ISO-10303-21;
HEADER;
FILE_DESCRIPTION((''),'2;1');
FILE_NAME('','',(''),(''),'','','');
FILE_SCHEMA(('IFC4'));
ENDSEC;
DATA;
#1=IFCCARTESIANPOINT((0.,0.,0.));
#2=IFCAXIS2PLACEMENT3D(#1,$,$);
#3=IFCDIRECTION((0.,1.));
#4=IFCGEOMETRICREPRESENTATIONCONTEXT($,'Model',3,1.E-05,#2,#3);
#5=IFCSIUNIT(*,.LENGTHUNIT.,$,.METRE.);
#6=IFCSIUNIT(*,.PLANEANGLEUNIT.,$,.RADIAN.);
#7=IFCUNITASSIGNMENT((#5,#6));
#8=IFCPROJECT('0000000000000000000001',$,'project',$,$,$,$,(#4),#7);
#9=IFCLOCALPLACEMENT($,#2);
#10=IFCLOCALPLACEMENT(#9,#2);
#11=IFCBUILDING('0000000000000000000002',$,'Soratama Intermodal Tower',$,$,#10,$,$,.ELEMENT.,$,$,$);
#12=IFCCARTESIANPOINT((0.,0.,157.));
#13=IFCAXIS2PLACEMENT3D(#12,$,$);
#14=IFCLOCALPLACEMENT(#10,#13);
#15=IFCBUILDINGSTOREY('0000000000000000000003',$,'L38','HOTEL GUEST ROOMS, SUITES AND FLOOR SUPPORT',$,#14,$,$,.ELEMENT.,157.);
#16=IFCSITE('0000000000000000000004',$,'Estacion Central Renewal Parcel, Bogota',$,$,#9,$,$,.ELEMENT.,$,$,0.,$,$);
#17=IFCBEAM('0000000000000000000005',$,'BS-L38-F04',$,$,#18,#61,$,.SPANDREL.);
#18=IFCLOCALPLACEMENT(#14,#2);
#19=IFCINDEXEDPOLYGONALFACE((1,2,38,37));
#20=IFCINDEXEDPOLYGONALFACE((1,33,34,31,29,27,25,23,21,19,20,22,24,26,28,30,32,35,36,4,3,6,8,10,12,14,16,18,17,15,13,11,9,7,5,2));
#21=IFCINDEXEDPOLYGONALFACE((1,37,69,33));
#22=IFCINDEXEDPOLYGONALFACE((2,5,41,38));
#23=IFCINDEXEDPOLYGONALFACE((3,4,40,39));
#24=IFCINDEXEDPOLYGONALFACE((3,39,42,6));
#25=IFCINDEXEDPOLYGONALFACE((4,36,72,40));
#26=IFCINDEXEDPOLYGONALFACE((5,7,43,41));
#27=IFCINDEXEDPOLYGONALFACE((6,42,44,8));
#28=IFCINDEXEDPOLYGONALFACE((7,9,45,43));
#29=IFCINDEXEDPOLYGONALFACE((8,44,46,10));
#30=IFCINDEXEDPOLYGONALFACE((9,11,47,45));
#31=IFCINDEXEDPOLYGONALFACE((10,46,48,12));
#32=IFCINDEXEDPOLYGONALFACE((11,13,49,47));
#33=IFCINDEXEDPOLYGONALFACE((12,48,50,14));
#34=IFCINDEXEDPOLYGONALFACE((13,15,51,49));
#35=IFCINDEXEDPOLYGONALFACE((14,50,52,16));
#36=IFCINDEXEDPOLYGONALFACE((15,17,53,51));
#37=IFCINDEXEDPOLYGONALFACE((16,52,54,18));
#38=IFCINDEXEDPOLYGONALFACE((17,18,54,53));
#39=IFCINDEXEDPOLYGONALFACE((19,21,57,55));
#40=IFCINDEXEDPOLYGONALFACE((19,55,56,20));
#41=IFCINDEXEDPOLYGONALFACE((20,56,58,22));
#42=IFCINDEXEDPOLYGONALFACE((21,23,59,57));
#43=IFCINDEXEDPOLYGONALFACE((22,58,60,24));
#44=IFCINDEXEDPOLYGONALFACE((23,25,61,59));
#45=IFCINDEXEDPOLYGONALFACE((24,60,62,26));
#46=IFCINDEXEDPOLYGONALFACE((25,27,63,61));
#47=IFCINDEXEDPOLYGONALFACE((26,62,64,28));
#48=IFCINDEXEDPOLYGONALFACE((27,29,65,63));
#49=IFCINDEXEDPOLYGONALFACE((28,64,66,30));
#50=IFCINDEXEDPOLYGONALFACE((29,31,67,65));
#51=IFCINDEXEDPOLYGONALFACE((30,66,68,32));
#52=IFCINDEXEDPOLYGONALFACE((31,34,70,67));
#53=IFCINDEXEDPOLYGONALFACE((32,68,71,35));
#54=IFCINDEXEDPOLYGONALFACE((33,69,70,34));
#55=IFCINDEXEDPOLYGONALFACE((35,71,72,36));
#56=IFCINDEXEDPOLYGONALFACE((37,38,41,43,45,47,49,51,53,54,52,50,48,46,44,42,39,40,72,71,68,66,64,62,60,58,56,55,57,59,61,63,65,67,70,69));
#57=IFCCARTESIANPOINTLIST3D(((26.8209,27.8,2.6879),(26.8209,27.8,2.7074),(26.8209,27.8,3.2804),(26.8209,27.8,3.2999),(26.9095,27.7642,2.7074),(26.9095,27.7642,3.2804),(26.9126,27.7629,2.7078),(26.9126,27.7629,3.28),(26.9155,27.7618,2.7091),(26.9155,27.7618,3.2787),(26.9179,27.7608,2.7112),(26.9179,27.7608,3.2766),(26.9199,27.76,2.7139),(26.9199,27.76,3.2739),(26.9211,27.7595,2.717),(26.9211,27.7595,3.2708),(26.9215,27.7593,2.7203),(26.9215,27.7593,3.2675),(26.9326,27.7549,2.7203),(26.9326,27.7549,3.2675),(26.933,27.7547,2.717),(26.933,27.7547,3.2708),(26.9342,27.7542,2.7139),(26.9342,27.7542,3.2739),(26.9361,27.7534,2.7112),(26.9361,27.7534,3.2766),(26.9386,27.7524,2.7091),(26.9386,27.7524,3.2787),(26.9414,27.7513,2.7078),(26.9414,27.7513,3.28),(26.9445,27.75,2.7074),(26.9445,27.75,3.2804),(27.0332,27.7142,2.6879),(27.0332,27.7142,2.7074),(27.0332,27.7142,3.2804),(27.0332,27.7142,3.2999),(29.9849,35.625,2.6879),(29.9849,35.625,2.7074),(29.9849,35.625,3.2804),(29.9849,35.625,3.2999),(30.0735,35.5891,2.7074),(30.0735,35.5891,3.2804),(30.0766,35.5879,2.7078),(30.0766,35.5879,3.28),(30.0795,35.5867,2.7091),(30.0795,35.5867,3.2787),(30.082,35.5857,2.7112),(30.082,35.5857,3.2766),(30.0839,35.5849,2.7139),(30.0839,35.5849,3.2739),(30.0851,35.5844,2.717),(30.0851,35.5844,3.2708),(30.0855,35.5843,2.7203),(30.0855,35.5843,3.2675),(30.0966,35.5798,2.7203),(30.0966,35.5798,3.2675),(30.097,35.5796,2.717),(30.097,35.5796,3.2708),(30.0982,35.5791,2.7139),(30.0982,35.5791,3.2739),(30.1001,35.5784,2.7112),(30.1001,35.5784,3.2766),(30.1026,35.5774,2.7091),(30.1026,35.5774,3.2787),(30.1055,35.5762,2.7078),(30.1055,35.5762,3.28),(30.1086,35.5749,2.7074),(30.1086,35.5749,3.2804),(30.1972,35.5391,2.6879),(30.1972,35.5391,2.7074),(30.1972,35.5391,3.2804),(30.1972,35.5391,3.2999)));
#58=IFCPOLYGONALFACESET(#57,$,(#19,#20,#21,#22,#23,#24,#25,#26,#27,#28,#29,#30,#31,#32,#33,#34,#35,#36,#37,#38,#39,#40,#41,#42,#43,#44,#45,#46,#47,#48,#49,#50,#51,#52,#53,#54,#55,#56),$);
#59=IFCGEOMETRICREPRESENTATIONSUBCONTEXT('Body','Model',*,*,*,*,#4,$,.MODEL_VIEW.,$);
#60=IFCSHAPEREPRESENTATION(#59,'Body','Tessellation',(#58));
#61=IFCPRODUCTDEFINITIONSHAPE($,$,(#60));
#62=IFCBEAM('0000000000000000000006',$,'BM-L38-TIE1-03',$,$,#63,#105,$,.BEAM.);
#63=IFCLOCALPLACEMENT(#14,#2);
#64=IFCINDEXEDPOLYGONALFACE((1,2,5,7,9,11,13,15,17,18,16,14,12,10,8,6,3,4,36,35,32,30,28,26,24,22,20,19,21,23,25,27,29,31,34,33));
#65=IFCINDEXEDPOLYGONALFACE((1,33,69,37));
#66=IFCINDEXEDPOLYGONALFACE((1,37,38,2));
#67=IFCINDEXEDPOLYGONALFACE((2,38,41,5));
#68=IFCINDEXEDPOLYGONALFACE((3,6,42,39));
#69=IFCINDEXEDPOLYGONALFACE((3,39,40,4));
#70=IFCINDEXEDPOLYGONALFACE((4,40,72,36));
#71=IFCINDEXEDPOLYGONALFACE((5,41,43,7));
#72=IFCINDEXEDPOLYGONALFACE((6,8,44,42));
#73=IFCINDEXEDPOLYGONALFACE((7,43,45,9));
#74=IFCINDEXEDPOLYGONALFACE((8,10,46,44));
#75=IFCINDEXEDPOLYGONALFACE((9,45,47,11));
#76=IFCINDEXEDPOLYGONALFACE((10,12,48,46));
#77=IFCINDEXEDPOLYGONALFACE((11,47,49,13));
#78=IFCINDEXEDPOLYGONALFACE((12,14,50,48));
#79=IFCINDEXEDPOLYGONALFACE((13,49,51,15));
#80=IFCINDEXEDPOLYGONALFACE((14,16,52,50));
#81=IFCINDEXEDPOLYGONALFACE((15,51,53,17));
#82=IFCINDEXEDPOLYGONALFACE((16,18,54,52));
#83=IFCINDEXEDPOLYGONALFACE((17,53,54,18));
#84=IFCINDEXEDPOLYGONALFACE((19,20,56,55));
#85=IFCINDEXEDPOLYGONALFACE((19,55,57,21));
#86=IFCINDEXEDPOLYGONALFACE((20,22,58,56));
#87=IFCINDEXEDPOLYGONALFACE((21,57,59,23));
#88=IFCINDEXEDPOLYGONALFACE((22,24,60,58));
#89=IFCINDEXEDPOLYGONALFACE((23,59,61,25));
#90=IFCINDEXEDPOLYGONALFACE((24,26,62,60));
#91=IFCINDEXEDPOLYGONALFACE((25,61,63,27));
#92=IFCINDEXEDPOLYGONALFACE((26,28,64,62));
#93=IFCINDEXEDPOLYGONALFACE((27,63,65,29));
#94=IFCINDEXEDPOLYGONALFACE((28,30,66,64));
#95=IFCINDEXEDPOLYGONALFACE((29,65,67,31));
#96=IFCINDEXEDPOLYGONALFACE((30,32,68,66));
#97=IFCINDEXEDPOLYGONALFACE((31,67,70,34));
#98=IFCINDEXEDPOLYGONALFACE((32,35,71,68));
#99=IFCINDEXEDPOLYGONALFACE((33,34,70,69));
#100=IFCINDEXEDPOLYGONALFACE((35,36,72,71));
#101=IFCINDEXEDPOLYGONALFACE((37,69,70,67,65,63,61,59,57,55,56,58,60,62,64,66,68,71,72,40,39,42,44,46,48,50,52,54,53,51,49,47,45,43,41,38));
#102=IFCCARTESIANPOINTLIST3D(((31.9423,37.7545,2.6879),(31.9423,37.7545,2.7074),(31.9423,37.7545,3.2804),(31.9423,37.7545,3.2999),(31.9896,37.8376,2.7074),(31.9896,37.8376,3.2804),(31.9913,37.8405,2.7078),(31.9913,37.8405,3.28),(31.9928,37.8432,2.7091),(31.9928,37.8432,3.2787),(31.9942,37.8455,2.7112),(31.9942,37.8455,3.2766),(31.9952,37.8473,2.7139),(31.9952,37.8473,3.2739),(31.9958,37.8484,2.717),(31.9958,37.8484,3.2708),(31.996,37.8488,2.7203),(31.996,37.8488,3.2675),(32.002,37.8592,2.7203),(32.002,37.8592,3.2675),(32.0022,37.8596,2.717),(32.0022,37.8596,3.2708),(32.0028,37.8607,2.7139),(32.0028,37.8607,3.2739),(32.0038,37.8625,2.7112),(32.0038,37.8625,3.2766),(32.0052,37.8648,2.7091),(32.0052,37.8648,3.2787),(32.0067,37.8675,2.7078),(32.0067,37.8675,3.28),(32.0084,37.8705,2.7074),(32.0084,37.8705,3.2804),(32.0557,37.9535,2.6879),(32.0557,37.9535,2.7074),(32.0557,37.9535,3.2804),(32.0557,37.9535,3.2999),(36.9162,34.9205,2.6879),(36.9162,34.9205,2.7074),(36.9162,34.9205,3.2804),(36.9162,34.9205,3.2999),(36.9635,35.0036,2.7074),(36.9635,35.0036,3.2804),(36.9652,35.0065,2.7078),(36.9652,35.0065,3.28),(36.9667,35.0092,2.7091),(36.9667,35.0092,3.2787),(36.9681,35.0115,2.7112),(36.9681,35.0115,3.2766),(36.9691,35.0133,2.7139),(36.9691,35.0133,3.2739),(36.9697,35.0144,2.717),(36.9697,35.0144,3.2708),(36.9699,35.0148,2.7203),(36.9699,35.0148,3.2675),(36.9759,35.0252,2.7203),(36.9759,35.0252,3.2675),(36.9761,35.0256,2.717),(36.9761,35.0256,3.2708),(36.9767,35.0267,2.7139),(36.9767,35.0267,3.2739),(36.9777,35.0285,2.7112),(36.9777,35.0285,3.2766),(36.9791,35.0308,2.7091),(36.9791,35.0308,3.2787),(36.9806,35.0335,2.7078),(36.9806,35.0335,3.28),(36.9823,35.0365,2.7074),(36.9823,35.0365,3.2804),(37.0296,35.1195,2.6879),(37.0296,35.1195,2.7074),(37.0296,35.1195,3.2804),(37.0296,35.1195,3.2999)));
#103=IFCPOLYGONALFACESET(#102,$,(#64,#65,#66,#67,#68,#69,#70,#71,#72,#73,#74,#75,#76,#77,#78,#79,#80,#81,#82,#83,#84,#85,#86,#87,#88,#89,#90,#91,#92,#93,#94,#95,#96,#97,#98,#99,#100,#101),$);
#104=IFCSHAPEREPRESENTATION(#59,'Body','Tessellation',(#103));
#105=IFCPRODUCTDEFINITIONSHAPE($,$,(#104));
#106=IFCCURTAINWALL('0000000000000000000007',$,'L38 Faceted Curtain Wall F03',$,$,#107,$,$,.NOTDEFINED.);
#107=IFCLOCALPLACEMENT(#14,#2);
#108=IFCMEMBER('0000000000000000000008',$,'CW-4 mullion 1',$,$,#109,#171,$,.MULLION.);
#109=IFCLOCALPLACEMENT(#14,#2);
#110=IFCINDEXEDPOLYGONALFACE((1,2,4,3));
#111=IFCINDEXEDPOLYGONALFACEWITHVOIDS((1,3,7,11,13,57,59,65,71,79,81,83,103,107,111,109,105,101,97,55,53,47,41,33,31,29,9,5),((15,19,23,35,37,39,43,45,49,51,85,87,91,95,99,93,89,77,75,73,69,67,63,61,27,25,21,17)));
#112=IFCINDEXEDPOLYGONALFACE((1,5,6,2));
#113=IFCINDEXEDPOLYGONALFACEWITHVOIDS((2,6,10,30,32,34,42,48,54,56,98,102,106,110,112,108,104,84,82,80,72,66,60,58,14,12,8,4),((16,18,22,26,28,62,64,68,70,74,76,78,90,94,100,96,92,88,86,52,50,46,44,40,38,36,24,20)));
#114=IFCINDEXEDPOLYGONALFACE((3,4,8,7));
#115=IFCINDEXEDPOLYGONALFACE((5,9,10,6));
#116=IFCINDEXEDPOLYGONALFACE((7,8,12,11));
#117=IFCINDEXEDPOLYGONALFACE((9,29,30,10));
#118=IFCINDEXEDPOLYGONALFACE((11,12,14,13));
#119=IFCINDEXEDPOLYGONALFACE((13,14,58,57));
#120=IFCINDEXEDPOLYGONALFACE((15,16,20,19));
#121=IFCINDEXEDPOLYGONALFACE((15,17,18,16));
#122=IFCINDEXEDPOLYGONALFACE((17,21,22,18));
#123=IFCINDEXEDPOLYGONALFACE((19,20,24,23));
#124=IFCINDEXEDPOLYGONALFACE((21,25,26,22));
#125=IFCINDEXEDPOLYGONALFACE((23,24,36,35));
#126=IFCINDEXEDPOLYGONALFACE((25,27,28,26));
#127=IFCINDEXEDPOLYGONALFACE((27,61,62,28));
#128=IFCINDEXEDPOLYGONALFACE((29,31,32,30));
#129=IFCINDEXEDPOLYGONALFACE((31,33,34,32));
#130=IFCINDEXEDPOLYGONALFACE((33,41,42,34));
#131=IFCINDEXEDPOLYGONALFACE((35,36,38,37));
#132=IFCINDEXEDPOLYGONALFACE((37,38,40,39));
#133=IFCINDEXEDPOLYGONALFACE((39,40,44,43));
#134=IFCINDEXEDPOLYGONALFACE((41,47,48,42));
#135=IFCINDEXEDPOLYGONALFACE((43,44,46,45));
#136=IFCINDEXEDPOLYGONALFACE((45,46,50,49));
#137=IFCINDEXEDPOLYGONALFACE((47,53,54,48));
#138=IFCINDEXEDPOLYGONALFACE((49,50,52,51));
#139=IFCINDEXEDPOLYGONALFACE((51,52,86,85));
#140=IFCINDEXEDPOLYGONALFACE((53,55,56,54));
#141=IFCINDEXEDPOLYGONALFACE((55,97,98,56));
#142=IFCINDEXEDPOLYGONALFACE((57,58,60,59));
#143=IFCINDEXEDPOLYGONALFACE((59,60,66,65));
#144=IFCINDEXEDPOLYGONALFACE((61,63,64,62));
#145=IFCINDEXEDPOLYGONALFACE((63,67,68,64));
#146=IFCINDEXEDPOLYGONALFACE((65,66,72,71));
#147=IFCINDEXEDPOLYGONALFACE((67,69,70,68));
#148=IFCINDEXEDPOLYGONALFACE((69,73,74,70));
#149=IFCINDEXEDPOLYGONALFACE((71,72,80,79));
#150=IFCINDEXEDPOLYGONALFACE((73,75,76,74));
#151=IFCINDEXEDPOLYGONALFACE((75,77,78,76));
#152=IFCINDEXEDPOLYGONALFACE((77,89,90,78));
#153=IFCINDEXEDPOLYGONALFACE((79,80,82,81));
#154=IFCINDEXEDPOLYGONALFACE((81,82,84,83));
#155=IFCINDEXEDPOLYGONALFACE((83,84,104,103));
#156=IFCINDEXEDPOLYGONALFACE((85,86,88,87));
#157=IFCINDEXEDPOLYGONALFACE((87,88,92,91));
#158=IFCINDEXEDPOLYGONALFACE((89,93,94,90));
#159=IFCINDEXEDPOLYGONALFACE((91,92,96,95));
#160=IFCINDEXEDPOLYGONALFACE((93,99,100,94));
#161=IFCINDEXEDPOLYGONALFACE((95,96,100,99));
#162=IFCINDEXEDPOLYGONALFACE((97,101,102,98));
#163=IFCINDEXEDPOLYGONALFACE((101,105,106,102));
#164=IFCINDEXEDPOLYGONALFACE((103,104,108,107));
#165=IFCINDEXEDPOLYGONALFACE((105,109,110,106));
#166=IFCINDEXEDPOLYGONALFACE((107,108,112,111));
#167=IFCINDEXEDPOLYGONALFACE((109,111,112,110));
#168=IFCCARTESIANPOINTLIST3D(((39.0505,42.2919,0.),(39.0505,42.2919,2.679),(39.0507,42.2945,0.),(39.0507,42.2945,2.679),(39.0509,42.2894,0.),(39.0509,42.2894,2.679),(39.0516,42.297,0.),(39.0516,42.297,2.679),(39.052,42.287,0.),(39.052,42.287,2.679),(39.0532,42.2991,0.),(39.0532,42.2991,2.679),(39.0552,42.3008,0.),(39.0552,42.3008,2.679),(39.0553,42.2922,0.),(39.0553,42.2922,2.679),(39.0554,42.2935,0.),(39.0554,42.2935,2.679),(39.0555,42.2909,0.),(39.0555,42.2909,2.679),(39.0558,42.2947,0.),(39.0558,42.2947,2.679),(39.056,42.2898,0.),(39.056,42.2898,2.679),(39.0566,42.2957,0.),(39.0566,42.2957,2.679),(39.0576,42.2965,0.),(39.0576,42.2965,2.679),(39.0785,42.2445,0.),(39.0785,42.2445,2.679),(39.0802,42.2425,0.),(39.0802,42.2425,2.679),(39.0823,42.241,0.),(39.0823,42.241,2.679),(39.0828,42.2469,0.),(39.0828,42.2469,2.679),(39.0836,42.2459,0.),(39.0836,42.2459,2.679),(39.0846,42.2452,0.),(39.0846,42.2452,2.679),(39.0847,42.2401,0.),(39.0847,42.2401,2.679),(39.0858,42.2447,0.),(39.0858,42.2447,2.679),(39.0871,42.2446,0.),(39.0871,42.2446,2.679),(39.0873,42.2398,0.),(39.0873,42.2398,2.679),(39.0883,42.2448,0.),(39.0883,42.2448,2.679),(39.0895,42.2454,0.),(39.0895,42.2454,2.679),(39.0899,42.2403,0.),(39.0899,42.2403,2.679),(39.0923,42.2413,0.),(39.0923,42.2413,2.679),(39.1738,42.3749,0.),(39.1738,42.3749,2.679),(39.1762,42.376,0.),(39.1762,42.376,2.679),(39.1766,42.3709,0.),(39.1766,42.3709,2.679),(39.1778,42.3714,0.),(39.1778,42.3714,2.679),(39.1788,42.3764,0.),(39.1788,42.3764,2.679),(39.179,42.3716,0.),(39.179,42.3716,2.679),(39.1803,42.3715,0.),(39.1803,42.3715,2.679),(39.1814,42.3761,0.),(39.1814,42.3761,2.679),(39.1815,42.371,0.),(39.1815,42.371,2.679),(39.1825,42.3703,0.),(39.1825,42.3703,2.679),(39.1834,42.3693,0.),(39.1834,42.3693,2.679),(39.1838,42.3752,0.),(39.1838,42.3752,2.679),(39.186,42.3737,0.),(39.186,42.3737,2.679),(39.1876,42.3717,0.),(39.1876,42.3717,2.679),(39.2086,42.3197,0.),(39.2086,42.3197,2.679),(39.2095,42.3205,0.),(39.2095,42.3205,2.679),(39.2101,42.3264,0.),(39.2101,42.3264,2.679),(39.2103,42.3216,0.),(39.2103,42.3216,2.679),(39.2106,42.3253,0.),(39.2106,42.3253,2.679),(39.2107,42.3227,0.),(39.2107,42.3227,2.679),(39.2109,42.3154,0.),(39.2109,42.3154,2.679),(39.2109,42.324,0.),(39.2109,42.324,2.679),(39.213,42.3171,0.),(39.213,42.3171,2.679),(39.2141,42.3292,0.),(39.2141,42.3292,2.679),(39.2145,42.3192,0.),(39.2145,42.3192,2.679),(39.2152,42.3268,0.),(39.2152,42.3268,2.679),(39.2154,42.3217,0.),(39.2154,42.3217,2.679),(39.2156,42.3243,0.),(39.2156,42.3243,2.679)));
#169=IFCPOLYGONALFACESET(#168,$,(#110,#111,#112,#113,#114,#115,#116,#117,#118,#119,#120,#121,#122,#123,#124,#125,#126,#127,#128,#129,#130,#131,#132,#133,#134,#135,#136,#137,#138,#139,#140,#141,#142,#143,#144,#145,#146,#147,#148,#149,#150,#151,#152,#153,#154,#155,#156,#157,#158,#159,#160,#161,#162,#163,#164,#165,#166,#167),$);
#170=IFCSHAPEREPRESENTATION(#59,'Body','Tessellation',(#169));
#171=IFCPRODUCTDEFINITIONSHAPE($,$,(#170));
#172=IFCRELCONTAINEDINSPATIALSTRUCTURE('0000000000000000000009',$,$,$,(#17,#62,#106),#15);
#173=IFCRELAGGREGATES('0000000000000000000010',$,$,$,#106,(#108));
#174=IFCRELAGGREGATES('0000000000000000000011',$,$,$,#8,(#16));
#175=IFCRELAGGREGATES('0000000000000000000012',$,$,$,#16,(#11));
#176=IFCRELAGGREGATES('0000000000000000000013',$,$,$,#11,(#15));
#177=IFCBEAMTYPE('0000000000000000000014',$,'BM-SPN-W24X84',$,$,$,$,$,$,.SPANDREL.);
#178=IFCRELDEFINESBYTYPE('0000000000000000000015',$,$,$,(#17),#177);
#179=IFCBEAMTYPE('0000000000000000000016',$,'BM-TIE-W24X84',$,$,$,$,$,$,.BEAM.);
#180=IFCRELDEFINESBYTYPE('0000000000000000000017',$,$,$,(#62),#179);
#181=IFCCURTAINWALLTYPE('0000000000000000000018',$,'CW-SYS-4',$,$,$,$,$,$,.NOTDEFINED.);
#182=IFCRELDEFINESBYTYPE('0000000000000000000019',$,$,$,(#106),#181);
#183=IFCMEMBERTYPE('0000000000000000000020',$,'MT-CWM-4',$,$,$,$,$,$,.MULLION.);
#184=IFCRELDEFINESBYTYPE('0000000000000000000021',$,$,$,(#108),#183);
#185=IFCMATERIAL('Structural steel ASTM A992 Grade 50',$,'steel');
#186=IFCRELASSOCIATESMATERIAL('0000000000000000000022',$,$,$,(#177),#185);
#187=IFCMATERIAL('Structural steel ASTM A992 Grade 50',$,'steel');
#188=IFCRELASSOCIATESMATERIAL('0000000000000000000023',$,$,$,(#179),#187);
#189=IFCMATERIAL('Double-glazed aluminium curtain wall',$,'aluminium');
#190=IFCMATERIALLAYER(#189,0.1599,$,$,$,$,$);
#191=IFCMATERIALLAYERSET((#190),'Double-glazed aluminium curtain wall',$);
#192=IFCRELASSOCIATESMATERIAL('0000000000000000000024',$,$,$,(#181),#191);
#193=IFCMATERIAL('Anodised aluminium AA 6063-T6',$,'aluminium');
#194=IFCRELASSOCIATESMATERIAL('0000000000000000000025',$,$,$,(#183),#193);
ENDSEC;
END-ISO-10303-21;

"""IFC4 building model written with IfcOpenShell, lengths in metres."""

from ifc_helpers import new_model, si_unit, direction, frame, origin, origin_2d, place, context, subcontext, project, spatial, hollow_rectangle, i_section, extrude, material, layer, layer_set, material_profile, profile_set, type_object, element, aggregate, save


model = new_model("IFC4")

# Units and contexts
model_context = context("Model", 3, precision=1e-05, world=origin(), true_north=direction((0.0, 1.0)))
body_context = subcontext(model_context, "Body", "Model", "MODEL_VIEW")
ifc_project = project(units=[si_unit("LENGTHUNIT", "METRE"), si_unit("PLANEANGLEUNIT", "RADIAN")], contexts=[model_context])

# Site, building, storey
site_placement = place(None, origin())
site = spatial("IfcSite", under=ifc_project, at=site_placement, Name="Estacion Central Renewal Parcel, Bogota", CompositionType="ELEMENT", RefElevation=0.0)
building_placement = place(site_placement, origin())
building = spatial("IfcBuilding", under=site, at=building_placement, Name="Soratama Intermodal Tower", CompositionType="ELEMENT")
storey_placement = place(building_placement, frame((0.0, 0.0, 157.0)))
storey = spatial("IfcBuildingStorey", under=building, at=storey_placement, Name="L38", Description="HOTEL GUEST ROOMS, SUITES AND FLOOR SUPPORT", CompositionType="ELEMENT", Elevation=157.0)

# Beams
ifc_material_1 = material(Name="Structural steel ASTM A992 Grade 50", Category="steel")
ifc_material_profile_1 = material_profile(ifc_material_1, i_section(OverallWidth=0.229, OverallDepth=0.6121, WebThickness=0.012, FlangeThickness=0.0195, FilletRadius=0.0129, at=origin_2d()), Name="W24X84")
ifc_profile_set_1 = profile_set([ifc_material_profile_1], Name="Structural steel ASTM A992 Grade 50")
beam_type_1 = type_object("IfcBeamType", Name="BM-SPN-W24X84", PredefinedType="SPANDREL", material=ifc_profile_set_1)
beam_1_placement = place(storey_placement, frame((30.0911, 35.582, 2.9939), z_axis=(-0.374869, -0.927078, 0.0), x_axis=(0.927078, -0.374869, 0.0)))
element("IfcBeam", 1, at=beam_1_placement, inside=storey, type_object=beam_type_1, Name="BS-L38-F04", PredefinedType="SPANDREL", context=body_context, shape_type="SweptSolid", body=[
    extrude(i_section(OverallWidth=0.229, OverallDepth=0.6121, WebThickness=0.012, FlangeThickness=0.0195, FilletRadius=0.0129, at=origin_2d()), origin(), (0.0, 0.0, 1.0), 8.4404),
])
ifc_material_2 = material(Name="Structural steel ASTM A992 Grade 50", Category="steel")
ifc_material_profile_2 = material_profile(ifc_material_2, i_section(OverallWidth=0.229, OverallDepth=0.6121, WebThickness=0.012, FlangeThickness=0.0195, FilletRadius=0.0129, at=origin_2d()), Name="W24X84")
ifc_profile_set_2 = profile_set([ifc_material_profile_2], Name="Structural steel ASTM A992 Grade 50")
beam_type_2 = type_object("IfcBeamType", Name="BM-TIE-W24X84", PredefinedType="BEAM", material=ifc_profile_set_2)
beam_2_placement = place(storey_placement, frame((36.9729, 35.02, 2.9939), z_axis=(-0.868862, 0.495055, 0.0), x_axis=(-0.495055, -0.868862, 0.0)))
element("IfcBeam", 2, at=beam_2_placement, inside=storey, type_object=beam_type_2, Name="BM-L38-TIE1-03", PredefinedType="BEAM", context=body_context, shape_type="SweptSolid", body=[
    extrude(i_section(OverallWidth=0.229, OverallDepth=0.6121, WebThickness=0.012, FlangeThickness=0.0195, FilletRadius=0.0129, at=origin_2d()), origin(), (0.0, 0.0, 1.0), 5.7246),
])

# Curtain wall, member
ifc_material_3 = material(Name="Double-glazed aluminium curtain wall", Category="aluminium")
ifc_layer_1 = layer(ifc_material_3, 0.1599)
ifc_layer_set_1 = layer_set([ifc_layer_1], Name="Double-glazed aluminium curtain wall")
curtain_wall_type = type_object("IfcCurtainWallType", Name="CW-SYS-4", PredefinedType="NOTDEFINED", material=ifc_layer_set_1)
curtain_wall_1_placement = place(storey_placement, origin())
curtain_wall_1 = element("IfcCurtainWall", 3, at=curtain_wall_1_placement, inside=storey, type_object=curtain_wall_type, Name="L38 Faceted Curtain Wall F03", PredefinedType="NOTDEFINED")
ifc_material_4 = material(Name="Anodised aluminium AA 6063-T6", Category="aluminium")
ifc_material_profile_3 = material_profile(ifc_material_4, hollow_rectangle(XDim=0.0701, YDim=0.1599, WallThickness=0.0049, InnerFilletRadius=0.0049, OuterFilletRadius=0.01, at=origin_2d()), Name="CWM160X70X5")
ifc_profile_set_3 = profile_set([ifc_material_profile_3], Name="Anodised aluminium AA 6063-T6")
member_type_1 = type_object("IfcMemberType", Name="MT-CWM-4", PredefinedType="MULLION", material=ifc_profile_set_3)
member_1_placement = place(storey_placement, frame((39.1331, 42.3081, 0.0), z_axis=(0.0, 0.0, 1.0), x_axis=(0.52963, -0.848229, 0.0)))
member_1 = element("IfcMember", 4, at=member_1_placement, type_object=member_type_1, Name="CW-4 mullion 1", PredefinedType="MULLION", context=body_context, shape_type="SweptSolid", body=[
    extrude(hollow_rectangle(XDim=0.0701, YDim=0.1599, WallThickness=0.0049, InnerFilletRadius=0.0049, OuterFilletRadius=0.01, at=origin_2d()), origin(), (0.0, 0.0, 1.0), 2.679),
])

aggregate(curtain_wall_1, [member_1])

save(model, "model.ifc")
